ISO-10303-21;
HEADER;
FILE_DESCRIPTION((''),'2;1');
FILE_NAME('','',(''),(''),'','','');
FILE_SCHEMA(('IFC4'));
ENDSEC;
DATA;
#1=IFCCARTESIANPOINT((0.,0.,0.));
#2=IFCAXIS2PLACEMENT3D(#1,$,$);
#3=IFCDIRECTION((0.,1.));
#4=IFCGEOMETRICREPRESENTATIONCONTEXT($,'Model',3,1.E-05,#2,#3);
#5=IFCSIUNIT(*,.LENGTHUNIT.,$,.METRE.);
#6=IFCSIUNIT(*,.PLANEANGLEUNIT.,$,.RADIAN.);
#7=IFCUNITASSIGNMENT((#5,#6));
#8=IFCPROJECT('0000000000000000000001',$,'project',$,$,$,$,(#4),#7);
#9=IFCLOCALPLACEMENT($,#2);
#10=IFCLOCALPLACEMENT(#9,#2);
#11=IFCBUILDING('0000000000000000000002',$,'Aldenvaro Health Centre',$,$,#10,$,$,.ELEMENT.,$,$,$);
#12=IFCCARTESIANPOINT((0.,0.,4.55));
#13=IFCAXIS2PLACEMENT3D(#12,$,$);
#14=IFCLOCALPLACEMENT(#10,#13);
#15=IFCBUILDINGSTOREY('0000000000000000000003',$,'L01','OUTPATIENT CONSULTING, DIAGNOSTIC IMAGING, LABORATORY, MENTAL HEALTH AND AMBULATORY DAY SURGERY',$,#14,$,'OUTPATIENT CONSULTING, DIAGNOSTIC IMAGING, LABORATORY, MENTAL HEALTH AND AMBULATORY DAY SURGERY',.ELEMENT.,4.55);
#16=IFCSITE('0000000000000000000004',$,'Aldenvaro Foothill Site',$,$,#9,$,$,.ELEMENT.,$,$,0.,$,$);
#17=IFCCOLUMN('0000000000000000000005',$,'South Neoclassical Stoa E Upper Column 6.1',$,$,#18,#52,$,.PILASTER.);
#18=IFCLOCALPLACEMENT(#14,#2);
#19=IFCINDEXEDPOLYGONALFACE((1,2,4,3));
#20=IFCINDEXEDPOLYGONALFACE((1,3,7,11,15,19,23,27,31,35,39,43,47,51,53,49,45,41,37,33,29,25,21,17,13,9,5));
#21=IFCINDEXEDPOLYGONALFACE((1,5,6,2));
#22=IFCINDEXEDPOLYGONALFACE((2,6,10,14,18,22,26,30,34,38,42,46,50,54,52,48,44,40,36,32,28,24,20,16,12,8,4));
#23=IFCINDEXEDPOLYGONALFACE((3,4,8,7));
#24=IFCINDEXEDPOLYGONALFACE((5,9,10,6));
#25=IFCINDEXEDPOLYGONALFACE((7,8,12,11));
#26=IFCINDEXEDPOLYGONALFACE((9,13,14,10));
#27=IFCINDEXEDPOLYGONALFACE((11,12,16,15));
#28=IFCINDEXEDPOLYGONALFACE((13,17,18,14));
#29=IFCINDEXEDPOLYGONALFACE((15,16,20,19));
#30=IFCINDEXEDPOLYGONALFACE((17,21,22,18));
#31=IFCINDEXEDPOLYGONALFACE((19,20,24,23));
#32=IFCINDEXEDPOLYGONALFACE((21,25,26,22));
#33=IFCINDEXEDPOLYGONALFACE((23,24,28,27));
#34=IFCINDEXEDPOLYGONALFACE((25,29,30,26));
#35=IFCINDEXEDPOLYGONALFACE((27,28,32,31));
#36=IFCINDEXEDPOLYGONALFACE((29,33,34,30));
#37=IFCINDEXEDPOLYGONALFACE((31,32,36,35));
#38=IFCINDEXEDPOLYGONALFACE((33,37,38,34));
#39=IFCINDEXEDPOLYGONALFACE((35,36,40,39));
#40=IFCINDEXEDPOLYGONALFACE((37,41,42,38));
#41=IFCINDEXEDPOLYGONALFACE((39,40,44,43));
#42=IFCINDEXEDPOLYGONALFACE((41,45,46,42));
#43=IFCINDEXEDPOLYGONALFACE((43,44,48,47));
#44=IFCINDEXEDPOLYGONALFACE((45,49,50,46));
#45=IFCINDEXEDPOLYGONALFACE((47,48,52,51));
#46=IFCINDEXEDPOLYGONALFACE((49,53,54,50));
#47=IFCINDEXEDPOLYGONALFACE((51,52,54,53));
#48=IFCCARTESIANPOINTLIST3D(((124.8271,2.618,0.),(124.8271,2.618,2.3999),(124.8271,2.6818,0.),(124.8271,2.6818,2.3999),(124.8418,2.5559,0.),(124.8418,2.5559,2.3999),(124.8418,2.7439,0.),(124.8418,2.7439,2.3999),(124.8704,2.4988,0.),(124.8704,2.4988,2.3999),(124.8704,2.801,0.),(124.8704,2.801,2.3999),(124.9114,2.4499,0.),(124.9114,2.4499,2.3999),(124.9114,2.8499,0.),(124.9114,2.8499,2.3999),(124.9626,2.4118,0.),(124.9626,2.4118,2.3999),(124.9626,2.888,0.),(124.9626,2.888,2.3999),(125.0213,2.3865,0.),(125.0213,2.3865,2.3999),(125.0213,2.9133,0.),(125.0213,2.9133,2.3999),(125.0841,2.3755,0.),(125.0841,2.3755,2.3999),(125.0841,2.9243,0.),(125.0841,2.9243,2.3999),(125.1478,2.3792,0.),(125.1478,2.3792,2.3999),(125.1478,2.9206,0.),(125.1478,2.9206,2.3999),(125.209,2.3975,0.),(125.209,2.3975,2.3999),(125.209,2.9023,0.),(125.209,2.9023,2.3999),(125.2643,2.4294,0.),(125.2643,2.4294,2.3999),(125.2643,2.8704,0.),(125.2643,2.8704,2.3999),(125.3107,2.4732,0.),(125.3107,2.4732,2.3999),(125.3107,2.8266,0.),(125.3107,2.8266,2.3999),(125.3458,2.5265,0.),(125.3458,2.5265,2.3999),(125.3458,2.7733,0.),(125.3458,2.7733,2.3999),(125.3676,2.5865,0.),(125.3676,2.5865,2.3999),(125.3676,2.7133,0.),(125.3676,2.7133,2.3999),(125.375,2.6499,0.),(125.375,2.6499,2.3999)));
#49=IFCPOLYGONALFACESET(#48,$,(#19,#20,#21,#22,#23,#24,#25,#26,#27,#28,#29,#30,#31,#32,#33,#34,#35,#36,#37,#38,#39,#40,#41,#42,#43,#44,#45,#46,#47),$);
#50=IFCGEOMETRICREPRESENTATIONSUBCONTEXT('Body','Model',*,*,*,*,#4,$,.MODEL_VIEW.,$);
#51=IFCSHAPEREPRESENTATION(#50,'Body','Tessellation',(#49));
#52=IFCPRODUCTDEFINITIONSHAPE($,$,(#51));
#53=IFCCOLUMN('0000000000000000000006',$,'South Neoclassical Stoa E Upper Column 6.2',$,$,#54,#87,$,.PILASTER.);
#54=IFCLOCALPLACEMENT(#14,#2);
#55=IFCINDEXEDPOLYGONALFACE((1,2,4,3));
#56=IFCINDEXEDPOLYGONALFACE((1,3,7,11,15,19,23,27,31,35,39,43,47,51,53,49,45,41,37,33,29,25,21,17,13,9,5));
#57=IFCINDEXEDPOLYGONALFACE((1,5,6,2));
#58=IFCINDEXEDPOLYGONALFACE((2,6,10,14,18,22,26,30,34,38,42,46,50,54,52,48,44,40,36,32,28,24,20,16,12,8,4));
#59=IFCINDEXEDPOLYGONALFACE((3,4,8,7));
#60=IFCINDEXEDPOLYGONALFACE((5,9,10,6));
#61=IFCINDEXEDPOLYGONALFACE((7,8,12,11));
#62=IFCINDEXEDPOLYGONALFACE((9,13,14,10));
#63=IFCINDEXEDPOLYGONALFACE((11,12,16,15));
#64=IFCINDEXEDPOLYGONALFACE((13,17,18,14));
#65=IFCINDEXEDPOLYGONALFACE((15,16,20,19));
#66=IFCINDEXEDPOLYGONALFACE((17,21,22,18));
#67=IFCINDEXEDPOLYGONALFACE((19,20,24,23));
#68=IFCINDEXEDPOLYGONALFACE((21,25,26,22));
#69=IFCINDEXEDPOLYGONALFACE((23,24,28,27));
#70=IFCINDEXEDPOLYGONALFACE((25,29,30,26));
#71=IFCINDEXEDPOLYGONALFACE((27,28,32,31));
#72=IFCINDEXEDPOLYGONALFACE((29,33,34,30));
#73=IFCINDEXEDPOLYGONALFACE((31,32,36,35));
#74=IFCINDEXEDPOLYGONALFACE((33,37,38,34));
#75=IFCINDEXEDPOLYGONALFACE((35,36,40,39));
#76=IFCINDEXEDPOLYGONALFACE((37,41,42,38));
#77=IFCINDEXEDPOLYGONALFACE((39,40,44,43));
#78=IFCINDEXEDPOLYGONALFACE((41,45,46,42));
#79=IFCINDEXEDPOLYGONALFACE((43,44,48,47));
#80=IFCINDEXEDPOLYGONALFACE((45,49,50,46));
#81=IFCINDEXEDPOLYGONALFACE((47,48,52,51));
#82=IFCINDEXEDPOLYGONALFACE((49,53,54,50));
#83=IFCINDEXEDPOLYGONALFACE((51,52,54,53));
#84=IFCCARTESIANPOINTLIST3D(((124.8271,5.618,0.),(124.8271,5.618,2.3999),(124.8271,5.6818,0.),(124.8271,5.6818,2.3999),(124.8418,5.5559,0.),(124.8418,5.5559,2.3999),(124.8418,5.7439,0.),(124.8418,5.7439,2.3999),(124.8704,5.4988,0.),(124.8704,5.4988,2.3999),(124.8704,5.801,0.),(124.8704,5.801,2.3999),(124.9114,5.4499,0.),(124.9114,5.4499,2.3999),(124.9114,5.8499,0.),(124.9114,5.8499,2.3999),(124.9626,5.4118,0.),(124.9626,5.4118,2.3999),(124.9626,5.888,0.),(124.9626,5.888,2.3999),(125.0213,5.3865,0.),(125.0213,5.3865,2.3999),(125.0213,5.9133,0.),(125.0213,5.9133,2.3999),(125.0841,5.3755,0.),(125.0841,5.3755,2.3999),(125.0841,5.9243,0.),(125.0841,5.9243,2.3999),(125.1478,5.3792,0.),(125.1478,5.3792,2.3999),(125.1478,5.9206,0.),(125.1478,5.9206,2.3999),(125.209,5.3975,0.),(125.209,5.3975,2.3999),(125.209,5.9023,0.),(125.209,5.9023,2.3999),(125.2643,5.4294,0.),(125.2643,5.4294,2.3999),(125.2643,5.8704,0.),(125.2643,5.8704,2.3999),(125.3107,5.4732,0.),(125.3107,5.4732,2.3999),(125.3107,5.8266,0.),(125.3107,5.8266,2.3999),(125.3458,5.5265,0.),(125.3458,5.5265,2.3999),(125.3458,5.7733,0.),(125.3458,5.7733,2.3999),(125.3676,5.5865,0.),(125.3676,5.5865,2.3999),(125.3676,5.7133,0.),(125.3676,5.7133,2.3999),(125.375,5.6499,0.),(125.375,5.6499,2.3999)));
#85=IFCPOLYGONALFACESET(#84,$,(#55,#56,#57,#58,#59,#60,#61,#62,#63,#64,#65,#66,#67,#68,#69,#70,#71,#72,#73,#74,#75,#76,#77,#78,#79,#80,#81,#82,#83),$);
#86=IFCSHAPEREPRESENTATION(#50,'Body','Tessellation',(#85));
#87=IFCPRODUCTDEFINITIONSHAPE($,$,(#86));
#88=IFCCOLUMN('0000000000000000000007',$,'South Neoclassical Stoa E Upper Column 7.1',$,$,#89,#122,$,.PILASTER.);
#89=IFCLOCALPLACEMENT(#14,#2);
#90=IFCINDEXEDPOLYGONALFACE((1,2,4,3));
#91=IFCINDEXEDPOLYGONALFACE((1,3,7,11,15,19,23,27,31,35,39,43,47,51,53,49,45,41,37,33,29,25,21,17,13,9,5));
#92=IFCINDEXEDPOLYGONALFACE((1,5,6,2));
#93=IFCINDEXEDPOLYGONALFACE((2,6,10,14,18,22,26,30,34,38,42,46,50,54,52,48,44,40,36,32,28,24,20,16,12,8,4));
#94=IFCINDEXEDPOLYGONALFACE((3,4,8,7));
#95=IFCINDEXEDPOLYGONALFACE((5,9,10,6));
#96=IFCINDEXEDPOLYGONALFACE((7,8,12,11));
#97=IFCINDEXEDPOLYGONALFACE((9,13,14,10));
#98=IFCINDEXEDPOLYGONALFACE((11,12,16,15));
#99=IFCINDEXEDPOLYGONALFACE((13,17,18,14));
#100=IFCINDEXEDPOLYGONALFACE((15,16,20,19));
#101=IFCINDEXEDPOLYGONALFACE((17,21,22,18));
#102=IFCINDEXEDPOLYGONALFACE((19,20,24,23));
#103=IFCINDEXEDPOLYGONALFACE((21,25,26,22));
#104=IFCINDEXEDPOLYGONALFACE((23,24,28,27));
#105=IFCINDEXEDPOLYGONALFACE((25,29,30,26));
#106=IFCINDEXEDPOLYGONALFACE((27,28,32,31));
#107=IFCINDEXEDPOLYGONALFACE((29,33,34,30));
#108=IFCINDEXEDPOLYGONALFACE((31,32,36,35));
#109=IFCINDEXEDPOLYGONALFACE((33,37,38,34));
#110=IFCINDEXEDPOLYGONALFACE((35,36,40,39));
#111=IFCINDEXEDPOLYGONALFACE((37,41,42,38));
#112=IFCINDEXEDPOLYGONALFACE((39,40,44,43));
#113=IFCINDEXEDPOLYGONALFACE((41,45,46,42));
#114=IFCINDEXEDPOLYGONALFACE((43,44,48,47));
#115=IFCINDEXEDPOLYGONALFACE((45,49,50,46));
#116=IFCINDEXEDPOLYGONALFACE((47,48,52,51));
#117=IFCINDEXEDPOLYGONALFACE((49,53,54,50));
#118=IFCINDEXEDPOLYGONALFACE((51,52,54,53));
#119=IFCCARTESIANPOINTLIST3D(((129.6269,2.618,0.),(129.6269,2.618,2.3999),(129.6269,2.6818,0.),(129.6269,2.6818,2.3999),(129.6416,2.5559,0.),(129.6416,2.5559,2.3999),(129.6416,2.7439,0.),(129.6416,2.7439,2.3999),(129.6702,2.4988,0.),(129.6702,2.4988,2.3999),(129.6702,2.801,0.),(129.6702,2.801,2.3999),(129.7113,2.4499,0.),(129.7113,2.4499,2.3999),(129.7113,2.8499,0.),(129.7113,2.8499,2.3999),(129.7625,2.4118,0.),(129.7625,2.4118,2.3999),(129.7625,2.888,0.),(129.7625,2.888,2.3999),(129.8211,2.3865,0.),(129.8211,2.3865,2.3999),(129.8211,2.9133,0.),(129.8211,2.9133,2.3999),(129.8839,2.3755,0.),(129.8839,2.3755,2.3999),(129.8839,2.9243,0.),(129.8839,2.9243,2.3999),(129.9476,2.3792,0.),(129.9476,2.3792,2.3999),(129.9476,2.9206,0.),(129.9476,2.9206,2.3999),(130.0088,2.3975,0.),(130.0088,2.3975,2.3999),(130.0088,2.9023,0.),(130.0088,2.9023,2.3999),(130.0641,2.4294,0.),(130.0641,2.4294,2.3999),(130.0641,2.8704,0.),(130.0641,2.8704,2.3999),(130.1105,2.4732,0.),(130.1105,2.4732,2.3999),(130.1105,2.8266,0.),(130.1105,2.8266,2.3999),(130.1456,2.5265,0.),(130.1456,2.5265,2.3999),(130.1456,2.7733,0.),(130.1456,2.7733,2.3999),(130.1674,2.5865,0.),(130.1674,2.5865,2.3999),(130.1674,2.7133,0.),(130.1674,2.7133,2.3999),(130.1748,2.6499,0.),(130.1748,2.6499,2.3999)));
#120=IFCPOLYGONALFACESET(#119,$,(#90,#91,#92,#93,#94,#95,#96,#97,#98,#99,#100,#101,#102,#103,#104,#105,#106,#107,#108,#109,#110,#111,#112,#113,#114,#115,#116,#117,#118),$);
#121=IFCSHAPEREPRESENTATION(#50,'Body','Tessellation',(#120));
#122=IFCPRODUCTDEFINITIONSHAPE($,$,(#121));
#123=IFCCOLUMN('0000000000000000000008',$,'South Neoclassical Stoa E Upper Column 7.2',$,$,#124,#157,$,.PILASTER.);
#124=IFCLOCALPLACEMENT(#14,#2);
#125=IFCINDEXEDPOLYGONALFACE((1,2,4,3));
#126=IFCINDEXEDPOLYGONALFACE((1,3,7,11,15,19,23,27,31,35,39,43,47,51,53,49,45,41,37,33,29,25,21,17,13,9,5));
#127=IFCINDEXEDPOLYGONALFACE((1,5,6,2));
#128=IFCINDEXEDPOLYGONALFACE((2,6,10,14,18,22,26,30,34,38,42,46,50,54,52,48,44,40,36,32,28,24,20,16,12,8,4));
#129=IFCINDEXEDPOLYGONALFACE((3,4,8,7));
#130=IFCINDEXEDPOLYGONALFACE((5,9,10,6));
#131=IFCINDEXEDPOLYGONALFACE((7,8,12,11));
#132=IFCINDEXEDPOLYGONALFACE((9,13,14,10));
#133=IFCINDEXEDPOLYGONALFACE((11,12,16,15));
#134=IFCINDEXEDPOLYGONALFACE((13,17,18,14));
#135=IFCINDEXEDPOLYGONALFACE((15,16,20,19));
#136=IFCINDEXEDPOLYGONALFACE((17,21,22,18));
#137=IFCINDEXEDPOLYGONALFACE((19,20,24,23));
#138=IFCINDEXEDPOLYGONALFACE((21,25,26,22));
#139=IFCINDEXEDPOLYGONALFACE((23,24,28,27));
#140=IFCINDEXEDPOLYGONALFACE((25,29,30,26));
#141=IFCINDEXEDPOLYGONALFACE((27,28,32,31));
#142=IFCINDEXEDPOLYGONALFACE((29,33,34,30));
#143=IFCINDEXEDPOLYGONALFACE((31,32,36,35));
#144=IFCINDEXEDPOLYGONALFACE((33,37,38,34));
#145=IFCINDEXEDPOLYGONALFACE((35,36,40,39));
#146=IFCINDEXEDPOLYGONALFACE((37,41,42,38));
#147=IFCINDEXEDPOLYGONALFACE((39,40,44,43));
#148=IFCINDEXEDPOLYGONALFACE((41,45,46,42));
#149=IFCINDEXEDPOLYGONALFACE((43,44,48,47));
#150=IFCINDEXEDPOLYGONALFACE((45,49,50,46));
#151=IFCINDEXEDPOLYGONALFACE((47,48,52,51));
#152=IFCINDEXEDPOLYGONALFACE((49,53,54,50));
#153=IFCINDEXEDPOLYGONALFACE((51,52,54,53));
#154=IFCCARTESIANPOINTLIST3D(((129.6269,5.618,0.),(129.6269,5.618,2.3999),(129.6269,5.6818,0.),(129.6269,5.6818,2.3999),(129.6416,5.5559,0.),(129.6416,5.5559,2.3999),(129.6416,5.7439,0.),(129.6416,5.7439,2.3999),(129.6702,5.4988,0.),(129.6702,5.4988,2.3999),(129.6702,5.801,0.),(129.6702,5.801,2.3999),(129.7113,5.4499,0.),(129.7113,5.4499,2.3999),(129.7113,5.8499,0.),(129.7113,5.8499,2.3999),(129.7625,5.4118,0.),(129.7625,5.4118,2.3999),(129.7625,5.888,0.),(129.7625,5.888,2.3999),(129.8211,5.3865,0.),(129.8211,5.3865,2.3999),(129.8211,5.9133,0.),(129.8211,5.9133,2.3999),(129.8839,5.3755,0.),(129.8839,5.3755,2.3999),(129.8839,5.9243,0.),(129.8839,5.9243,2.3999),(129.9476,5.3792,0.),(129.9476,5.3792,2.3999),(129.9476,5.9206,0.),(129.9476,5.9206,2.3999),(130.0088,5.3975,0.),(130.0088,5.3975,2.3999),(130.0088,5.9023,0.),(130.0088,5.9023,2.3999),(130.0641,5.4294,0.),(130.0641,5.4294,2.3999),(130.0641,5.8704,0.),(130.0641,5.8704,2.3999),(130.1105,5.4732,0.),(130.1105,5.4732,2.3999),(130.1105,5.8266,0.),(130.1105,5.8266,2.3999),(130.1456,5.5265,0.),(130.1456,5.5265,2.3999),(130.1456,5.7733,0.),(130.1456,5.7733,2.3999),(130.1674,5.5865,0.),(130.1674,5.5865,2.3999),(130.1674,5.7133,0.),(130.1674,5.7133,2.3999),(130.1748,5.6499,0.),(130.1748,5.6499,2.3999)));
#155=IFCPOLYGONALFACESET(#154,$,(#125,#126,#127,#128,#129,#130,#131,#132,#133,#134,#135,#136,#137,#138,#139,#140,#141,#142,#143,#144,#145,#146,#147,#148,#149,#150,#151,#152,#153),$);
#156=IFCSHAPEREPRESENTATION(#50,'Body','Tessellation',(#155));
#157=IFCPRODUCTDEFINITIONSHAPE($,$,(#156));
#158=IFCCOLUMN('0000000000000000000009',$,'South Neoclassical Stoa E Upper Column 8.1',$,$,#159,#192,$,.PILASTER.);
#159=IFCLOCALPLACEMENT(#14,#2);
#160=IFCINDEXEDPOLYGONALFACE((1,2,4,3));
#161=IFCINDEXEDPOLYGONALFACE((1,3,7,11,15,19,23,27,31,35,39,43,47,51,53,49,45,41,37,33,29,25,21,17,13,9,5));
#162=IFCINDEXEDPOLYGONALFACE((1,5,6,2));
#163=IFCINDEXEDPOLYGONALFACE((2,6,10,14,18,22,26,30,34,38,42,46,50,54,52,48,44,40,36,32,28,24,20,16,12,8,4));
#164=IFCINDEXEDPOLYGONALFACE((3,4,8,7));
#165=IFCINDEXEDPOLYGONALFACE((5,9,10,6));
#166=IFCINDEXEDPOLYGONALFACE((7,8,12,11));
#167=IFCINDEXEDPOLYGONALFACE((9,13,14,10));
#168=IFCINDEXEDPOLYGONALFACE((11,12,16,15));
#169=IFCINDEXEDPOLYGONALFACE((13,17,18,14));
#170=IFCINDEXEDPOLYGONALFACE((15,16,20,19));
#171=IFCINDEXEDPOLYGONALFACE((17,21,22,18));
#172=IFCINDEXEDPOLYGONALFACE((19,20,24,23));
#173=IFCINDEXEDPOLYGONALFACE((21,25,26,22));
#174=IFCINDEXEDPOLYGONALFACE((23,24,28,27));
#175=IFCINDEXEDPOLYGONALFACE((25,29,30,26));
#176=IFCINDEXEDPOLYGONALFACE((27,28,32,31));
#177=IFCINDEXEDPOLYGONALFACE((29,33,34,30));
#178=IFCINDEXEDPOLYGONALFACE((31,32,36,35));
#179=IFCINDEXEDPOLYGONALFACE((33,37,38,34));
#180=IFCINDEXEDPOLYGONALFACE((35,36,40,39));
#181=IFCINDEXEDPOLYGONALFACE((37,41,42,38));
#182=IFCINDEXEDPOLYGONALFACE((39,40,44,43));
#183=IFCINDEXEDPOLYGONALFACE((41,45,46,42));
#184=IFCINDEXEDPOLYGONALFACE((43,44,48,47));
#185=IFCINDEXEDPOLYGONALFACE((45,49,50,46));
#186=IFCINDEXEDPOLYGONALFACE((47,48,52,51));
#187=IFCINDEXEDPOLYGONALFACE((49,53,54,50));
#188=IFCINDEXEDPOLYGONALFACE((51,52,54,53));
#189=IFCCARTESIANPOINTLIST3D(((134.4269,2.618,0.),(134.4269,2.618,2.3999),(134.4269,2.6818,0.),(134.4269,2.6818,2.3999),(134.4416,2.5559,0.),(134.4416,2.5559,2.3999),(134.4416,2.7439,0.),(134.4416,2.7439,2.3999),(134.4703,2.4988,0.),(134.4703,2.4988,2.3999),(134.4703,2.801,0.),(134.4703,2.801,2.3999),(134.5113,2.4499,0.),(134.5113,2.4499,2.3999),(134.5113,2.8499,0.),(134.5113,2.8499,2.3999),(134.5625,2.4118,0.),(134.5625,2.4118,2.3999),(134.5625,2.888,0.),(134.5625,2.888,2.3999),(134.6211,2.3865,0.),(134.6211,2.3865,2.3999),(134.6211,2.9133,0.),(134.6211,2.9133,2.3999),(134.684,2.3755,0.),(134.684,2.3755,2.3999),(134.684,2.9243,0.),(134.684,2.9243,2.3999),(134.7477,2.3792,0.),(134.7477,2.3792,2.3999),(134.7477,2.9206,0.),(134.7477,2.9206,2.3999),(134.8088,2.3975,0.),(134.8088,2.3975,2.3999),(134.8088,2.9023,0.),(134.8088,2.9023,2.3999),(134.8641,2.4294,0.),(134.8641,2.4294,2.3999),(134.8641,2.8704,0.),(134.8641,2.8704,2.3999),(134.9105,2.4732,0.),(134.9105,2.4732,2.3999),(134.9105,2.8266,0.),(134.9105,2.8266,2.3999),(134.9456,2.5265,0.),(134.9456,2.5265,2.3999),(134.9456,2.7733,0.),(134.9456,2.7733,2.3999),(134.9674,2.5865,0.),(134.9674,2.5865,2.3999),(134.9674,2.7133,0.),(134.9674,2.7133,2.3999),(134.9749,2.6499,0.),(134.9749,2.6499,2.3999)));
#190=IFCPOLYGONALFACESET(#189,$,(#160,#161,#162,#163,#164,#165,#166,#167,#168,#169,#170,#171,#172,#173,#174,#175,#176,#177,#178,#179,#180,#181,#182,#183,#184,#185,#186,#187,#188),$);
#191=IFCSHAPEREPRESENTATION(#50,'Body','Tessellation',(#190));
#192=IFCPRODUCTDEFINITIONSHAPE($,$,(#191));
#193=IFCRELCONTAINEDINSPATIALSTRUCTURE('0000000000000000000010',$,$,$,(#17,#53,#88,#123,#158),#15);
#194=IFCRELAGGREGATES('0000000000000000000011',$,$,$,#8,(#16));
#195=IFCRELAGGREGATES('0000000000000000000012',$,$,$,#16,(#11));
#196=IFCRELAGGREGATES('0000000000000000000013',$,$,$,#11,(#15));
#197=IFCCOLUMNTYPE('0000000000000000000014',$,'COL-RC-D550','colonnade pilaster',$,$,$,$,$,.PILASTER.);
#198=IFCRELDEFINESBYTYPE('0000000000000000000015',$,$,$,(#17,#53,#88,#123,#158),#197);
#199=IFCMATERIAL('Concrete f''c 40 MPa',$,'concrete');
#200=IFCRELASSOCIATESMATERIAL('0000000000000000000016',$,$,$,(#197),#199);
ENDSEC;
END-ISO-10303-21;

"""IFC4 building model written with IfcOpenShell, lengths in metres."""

from ifc_helpers import new_model, si_unit, direction, frame, origin, origin_2d, place, context, subcontext, project, spatial, circle, extrude, material, material_profile, profile_set, type_object, element, save


model = new_model("IFC4")

# Units and contexts
model_context = context("Model", 3, precision=1e-05, world=origin(), true_north=direction((0.0, 1.0)))
body_context = subcontext(model_context, "Body", "Model", "MODEL_VIEW")
ifc_project = project(units=[si_unit("LENGTHUNIT", "METRE"), si_unit("PLANEANGLEUNIT", "RADIAN")], contexts=[model_context])

# Site, building, storey
site_placement = place(None, origin())
site = spatial("IfcSite", under=ifc_project, at=site_placement, Name="Aldenvaro Foothill Site", CompositionType="ELEMENT", RefElevation=0.0)
building_placement = place(site_placement, origin())
building = spatial("IfcBuilding", under=site, at=building_placement, Name="Aldenvaro Health Centre", CompositionType="ELEMENT")
storey_placement = place(building_placement, frame((0.0, 0.0, 4.55)))
storey = spatial("IfcBuildingStorey", under=building, at=storey_placement, Name="L01", Description="OUTPATIENT CONSULTING, DIAGNOSTIC IMAGING, LABORATORY, MENTAL HEALTH AND AMBULATORY DAY SURGERY", LongName="OUTPATIENT CONSULTING, DIAGNOSTIC IMAGING, LABORATORY, MENTAL HEALTH AND AMBULATORY DAY SURGERY", CompositionType="ELEMENT", Elevation=4.55)

# Columns
ifc_material_1 = material(Name="Concrete f'c 40 MPa", Category="concrete")
ifc_material_profile_1 = material_profile(ifc_material_1, circle(Radius=0.2749, at=origin_2d()), Name="RC D550", Category="concrete")
ifc_profile_set_1 = profile_set([ifc_material_profile_1], Name="Concrete f'c 40 MPa")
column_type = type_object("IfcColumnType", Name="COL-RC-D550", Description="colonnade pilaster", PredefinedType="PILASTER", material=ifc_profile_set_1)
for number, where, z_axis, x_axis, name in (
    (1, (125.1001, 2.6499, 0.0), (0.0, 0.0, 1.0), (1.0, 0.0, 0.0), "South Neoclassical Stoa E Upper Column 6.1"),
    (2, (125.1001, 5.6499, 0.0), (0.0, 0.0, 1.0), (1.0, 0.0, 0.0), "South Neoclassical Stoa E Upper Column 6.2"),
    (3, (129.8999, 2.6499, 0.0), (0.0, 0.0, 1.0), (1.0, 0.0, 0.0), "South Neoclassical Stoa E Upper Column 7.1"),
    (4, (129.8999, 5.6499, 0.0), (0.0, 0.0, 1.0), (1.0, 0.0, 0.0), "South Neoclassical Stoa E Upper Column 7.2"),
    (5, (134.7, 2.6499, 0.0), (0.0, 0.0, 1.0), (1.0, 0.0, 0.0), "South Neoclassical Stoa E Upper Column 8.1"),
):
    element("IfcColumn", number, at=place(storey_placement, frame(where, z_axis=z_axis, x_axis=x_axis)), inside=storey, type_object=column_type, Name=name, PredefinedType="PILASTER", context=body_context, shape_type="SweptSolid", body=[
        extrude(circle(Radius=0.2749, at=origin_2d()), origin(), (0.0, 0.0, 1.0), 2.3999),
    ])

save(model, "model.ifc")
